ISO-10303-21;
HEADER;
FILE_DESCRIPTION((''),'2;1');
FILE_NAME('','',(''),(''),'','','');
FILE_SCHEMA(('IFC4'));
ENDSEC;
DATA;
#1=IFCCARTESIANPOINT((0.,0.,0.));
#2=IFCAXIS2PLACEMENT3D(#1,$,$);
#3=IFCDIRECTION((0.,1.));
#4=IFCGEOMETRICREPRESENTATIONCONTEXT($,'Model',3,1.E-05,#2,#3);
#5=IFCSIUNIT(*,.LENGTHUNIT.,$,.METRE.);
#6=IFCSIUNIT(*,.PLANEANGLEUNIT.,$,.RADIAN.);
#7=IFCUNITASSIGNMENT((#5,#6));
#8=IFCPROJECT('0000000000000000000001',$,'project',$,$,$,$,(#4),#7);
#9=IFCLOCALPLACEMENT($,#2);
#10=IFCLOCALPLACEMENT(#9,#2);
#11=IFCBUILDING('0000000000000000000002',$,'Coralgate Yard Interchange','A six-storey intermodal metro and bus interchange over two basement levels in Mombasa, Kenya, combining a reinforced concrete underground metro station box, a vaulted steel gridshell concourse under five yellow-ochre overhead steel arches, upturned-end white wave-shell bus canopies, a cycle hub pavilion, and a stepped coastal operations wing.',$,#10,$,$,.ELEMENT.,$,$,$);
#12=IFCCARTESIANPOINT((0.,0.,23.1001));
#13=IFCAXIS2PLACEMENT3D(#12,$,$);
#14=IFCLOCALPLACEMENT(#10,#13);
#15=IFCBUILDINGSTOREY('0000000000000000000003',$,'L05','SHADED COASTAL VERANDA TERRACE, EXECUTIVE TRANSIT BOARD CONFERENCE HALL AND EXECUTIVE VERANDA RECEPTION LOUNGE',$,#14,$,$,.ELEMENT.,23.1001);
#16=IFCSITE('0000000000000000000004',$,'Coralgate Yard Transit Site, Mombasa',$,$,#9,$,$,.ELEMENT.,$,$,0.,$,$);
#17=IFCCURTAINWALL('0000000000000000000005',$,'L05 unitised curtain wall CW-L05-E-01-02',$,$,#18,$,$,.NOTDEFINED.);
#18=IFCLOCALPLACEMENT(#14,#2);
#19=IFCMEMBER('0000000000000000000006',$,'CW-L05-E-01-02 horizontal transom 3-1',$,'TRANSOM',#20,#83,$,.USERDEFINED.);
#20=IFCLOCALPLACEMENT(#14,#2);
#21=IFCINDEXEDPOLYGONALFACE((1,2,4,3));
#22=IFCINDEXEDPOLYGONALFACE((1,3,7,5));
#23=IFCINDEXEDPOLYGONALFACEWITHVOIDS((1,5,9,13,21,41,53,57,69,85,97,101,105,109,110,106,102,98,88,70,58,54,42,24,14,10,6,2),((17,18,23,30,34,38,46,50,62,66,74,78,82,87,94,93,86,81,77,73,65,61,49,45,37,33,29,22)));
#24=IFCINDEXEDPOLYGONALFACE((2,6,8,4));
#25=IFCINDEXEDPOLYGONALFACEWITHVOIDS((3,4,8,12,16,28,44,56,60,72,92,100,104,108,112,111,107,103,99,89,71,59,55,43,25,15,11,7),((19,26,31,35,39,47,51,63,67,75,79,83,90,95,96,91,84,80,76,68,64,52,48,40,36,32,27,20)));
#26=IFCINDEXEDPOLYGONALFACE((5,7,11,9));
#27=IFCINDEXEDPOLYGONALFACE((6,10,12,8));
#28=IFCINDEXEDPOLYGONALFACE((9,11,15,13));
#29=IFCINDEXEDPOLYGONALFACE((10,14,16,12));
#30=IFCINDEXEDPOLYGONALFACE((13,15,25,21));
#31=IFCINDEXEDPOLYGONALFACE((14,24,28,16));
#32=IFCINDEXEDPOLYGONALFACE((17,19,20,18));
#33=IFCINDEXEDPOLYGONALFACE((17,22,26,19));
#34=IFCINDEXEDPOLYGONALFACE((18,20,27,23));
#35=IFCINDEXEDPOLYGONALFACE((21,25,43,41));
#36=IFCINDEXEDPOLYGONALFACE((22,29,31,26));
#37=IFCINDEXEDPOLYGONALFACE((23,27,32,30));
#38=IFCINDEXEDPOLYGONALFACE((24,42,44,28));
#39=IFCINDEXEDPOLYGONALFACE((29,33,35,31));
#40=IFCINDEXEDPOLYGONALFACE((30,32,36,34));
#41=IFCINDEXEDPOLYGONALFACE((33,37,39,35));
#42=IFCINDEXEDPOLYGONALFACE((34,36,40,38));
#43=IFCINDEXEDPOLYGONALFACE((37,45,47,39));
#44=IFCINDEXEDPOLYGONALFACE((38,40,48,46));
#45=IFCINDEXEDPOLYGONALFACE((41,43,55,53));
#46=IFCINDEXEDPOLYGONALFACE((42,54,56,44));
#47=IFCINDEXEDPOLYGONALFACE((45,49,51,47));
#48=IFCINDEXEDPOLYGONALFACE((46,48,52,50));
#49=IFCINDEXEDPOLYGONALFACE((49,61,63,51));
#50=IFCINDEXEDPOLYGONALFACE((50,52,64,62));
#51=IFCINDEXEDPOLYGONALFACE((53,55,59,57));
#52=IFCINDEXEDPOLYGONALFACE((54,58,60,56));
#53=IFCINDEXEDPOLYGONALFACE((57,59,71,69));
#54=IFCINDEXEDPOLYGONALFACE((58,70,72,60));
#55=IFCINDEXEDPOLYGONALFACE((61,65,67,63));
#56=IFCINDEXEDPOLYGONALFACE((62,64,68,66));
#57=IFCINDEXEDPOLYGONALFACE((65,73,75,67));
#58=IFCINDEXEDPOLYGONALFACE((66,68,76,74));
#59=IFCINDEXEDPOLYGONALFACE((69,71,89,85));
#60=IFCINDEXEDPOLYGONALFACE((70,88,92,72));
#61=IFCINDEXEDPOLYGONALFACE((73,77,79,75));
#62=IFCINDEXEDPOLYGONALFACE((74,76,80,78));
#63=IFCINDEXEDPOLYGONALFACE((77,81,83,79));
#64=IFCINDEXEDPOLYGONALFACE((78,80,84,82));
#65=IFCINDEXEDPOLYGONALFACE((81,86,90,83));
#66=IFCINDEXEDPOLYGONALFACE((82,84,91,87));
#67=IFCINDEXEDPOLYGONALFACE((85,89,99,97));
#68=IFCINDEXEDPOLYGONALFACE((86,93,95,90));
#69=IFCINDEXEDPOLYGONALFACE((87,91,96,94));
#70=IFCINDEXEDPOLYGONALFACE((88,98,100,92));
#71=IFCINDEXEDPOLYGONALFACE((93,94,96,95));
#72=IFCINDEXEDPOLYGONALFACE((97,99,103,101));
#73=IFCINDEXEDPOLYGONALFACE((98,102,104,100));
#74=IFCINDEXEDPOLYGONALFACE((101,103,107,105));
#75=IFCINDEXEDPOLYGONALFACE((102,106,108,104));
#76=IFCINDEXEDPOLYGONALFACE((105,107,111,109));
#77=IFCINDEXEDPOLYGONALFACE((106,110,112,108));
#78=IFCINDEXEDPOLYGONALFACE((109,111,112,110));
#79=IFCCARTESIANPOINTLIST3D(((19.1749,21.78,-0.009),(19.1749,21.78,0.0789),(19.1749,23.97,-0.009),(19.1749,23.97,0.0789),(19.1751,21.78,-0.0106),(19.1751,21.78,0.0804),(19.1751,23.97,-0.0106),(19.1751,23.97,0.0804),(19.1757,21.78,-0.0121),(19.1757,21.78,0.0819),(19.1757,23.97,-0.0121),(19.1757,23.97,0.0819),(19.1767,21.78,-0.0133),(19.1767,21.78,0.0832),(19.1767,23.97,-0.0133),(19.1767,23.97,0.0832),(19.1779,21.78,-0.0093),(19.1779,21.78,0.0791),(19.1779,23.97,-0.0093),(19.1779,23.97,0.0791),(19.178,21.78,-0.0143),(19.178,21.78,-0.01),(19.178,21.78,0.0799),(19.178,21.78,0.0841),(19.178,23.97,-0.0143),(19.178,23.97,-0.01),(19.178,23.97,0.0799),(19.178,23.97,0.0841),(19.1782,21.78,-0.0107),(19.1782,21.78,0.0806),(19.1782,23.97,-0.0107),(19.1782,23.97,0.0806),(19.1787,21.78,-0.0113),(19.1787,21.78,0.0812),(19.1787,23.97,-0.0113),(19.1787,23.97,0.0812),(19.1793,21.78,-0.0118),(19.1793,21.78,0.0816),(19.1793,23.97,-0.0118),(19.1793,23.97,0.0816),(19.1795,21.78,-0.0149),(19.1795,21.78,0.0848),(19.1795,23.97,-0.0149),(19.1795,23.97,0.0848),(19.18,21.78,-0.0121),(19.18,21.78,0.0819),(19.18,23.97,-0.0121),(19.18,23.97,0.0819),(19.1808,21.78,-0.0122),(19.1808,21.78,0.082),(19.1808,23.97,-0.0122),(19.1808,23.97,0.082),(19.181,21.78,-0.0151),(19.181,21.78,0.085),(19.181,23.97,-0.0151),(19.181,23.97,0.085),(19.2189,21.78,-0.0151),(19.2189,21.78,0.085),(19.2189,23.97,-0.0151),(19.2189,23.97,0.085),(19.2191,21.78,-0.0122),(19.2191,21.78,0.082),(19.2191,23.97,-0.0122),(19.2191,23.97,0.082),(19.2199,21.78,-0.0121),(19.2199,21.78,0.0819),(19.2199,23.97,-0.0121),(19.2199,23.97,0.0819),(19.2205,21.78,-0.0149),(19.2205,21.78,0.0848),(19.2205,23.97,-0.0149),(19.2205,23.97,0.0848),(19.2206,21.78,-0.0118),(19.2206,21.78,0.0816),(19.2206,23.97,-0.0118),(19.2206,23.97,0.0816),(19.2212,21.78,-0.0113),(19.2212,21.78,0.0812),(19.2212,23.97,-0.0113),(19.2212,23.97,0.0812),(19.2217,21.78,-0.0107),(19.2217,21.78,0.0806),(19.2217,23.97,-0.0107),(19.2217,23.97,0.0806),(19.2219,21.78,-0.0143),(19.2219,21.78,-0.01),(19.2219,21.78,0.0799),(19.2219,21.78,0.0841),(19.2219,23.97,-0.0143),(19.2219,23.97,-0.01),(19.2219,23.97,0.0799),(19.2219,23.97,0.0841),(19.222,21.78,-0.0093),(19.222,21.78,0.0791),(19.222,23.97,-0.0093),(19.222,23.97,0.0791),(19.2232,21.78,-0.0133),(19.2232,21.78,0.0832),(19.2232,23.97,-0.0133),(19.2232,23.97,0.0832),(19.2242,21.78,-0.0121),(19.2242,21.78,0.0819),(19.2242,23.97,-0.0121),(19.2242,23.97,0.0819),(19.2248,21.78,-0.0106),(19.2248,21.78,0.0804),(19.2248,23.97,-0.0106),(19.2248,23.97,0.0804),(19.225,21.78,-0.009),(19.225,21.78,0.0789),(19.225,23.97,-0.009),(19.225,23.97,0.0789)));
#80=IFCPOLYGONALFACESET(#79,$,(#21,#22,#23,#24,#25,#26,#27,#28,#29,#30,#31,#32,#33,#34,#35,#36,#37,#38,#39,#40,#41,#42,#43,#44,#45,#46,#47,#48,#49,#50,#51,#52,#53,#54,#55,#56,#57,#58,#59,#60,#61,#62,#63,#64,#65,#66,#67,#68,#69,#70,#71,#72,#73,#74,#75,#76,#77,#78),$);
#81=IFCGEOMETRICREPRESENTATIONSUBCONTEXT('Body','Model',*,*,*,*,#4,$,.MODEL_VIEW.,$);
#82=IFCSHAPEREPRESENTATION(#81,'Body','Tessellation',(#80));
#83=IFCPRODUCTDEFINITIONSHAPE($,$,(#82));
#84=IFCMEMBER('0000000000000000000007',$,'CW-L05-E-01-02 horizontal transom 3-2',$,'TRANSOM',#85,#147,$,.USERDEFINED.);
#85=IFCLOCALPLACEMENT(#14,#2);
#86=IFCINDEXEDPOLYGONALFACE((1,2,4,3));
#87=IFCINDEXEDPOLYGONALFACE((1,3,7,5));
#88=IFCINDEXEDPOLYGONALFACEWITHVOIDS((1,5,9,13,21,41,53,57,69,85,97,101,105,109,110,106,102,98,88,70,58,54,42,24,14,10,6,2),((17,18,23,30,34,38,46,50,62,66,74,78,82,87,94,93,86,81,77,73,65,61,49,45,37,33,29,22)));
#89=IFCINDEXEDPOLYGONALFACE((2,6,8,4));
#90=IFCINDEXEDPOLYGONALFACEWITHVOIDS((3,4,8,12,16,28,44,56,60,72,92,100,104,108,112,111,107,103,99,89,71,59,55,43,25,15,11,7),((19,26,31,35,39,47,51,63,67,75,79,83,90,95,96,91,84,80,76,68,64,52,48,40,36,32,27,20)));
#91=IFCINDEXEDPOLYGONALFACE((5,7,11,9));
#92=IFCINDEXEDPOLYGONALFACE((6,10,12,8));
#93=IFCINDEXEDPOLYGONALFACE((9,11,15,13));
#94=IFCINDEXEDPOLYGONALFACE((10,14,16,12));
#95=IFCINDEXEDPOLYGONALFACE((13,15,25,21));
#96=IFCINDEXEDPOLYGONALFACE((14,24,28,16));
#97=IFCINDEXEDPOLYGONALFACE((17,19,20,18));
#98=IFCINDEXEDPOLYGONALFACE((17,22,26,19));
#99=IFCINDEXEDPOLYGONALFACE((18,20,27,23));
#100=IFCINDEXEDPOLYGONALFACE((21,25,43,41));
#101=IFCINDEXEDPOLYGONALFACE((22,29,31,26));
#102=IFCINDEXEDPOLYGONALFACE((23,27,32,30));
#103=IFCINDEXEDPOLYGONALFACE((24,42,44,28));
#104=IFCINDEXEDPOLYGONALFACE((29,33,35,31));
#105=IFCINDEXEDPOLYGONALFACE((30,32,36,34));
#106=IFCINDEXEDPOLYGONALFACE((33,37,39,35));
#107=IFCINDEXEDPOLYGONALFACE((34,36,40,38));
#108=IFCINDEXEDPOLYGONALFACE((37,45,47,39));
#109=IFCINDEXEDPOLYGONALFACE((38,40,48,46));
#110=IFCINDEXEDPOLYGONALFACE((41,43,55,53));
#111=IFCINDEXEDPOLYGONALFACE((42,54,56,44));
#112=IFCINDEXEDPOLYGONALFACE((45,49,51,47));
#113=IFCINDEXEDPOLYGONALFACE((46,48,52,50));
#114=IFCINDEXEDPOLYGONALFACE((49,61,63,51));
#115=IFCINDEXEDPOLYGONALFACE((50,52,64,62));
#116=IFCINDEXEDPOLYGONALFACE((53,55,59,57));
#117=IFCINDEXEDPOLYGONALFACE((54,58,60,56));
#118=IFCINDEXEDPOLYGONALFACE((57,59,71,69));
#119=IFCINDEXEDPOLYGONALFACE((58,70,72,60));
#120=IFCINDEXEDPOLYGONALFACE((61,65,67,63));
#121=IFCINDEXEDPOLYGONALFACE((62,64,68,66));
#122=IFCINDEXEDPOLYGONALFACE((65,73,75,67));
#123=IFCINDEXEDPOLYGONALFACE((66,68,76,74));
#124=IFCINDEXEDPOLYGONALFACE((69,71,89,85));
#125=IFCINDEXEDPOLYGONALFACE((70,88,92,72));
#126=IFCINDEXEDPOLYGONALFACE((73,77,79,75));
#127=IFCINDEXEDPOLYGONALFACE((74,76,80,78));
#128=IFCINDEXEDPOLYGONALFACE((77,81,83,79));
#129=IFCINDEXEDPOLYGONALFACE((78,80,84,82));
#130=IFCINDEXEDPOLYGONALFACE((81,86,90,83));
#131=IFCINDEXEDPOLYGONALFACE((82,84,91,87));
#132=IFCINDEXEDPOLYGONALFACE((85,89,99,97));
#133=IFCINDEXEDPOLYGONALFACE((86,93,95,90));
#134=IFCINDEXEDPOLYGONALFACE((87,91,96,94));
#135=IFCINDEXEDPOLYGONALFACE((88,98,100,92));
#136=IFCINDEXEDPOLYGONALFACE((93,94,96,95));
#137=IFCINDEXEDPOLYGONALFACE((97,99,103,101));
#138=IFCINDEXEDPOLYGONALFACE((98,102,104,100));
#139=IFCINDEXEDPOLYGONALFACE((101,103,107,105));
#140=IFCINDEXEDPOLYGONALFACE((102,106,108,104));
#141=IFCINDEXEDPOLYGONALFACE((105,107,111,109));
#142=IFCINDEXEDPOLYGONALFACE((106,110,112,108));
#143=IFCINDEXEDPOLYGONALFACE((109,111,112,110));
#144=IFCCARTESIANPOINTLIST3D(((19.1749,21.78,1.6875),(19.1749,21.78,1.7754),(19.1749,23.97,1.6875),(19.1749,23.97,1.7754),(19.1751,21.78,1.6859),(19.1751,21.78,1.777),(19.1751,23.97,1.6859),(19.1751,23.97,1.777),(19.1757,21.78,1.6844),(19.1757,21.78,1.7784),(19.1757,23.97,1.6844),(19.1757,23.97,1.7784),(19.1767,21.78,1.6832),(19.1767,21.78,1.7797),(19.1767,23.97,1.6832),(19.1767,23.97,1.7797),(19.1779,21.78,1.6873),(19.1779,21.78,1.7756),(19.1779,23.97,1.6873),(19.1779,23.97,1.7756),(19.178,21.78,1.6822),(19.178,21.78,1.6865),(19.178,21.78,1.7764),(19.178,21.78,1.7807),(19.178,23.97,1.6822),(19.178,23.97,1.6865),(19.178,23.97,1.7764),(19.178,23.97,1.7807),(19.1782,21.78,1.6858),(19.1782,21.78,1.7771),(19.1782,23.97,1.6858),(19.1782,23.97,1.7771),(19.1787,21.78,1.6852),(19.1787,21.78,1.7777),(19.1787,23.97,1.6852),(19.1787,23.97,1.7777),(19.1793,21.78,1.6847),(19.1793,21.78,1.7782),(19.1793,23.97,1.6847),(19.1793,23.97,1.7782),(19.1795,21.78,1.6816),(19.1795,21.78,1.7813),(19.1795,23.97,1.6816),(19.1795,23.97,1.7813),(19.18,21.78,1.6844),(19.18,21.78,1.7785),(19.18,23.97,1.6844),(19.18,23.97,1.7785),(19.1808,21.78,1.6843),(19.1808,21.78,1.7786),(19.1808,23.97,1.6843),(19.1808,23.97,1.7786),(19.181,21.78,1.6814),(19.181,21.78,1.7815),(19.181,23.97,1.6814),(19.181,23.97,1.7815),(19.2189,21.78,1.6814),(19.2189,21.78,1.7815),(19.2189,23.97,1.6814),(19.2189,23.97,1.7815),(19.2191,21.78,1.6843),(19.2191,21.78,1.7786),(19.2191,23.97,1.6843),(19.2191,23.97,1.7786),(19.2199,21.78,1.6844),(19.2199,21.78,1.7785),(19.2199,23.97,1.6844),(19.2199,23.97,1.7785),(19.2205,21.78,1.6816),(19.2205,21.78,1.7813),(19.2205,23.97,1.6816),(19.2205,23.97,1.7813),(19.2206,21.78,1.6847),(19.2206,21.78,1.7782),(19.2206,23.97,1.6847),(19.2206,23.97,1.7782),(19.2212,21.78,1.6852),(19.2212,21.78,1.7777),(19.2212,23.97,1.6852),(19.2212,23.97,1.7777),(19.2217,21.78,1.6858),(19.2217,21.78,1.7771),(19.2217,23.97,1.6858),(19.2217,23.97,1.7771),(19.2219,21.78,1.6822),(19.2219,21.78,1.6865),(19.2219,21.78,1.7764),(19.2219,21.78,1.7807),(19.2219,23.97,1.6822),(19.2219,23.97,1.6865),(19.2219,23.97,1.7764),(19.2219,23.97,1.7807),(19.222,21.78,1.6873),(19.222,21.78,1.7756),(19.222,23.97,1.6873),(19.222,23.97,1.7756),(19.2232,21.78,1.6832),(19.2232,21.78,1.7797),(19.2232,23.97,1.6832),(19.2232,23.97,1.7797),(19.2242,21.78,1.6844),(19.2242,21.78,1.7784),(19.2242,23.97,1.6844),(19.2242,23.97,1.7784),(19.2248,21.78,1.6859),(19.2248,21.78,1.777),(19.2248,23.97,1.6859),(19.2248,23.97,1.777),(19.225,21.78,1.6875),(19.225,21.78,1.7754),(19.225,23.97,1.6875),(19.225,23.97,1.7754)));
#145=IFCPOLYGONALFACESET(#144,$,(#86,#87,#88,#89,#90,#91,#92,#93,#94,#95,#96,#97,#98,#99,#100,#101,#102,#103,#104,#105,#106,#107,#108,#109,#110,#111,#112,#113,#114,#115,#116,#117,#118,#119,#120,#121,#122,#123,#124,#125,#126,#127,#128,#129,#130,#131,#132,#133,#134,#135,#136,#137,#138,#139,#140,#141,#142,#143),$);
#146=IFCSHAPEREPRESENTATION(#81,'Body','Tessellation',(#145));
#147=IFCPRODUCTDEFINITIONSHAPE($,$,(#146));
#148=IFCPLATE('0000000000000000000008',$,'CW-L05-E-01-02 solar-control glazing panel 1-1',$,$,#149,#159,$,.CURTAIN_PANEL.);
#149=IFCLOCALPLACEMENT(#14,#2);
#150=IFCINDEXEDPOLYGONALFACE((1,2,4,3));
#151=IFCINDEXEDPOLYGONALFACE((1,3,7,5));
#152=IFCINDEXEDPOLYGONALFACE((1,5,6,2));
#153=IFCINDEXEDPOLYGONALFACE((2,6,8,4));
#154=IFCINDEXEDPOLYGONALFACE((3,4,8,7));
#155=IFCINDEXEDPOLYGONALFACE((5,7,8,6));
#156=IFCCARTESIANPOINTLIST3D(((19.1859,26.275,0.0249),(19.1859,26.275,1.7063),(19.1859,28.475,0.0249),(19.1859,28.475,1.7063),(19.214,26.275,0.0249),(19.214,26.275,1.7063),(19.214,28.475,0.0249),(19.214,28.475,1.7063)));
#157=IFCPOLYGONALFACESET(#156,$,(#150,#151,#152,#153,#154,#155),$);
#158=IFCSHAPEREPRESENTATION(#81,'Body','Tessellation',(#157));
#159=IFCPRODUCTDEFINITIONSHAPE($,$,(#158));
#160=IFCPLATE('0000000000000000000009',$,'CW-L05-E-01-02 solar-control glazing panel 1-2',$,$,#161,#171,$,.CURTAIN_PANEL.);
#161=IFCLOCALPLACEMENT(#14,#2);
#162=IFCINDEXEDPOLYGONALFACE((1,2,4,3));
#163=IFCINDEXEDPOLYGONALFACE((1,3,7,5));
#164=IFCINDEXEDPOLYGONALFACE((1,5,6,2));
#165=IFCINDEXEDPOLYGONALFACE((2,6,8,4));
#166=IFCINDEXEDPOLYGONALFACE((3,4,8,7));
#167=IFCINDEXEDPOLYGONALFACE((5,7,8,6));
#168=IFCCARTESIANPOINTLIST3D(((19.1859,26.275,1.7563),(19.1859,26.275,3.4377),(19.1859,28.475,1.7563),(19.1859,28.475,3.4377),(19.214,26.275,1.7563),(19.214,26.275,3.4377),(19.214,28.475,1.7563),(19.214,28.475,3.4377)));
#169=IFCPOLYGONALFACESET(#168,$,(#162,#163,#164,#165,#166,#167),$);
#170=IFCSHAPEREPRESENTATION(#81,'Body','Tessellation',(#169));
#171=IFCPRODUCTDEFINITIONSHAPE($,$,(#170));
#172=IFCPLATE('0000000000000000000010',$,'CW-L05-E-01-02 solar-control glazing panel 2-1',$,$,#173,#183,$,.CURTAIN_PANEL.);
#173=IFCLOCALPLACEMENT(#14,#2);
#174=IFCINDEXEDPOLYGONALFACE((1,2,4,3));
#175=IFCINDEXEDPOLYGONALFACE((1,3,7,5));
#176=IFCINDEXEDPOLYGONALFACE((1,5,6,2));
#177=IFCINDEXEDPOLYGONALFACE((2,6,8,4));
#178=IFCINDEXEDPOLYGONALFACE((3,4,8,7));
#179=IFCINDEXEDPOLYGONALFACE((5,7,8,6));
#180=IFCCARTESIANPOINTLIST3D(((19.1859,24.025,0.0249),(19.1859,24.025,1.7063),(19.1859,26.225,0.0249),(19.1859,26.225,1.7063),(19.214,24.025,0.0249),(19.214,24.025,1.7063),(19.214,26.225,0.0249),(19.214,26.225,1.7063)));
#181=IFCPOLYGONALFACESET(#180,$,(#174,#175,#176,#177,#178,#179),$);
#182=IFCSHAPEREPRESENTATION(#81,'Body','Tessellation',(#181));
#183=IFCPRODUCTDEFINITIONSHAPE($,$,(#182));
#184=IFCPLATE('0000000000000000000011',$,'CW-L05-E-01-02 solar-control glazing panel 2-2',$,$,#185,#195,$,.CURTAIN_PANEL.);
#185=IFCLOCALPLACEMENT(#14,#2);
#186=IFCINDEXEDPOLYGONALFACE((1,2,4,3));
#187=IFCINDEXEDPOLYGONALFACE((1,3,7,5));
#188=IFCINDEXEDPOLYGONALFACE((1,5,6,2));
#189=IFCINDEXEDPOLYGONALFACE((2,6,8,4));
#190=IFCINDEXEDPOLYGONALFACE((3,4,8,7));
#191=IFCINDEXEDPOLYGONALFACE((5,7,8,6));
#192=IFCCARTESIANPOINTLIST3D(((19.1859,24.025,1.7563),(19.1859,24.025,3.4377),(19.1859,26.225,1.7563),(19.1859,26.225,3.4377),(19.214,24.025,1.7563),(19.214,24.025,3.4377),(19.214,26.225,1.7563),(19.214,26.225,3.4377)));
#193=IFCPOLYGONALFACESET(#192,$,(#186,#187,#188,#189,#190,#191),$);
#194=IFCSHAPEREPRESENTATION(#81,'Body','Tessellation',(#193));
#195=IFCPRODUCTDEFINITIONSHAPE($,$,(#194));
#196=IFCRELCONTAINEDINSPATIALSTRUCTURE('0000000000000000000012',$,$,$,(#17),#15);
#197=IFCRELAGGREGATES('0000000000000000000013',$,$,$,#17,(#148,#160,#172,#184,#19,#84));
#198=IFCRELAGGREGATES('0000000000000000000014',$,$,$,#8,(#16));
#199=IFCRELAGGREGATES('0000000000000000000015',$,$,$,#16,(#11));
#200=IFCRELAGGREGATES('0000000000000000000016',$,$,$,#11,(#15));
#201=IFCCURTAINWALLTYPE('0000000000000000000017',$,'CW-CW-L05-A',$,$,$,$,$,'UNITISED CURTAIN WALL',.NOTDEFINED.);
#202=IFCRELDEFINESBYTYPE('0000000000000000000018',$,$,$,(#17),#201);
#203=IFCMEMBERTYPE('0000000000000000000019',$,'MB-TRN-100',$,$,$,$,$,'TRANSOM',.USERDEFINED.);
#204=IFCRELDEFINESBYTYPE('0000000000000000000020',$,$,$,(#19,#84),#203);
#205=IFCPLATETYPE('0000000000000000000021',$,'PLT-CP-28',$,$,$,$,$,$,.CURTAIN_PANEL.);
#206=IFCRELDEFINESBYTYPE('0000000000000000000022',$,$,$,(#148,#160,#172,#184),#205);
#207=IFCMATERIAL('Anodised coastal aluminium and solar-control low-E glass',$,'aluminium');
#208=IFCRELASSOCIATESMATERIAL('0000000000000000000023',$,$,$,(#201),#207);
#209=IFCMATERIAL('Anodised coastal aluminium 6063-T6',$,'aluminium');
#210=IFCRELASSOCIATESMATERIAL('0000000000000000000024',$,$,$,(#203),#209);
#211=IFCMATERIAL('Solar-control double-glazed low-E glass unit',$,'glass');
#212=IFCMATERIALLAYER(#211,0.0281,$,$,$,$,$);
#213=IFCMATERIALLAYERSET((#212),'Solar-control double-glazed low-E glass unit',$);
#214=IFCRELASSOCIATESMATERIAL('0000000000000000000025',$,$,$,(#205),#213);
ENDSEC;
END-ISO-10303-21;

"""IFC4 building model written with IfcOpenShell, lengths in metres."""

from ifc_helpers import new_model, si_unit, direction, frame, origin, origin_2d, place, context, subcontext, project, spatial, rectangle, hollow_rectangle, extrude, material, layer, layer_set, material_profile, profile_set, type_object, element, aggregate, save


model = new_model("IFC4")

# Units and contexts
model_context = context("Model", 3, precision=1e-05, world=origin(), true_north=direction((0.0, 1.0)))
body_context = subcontext(model_context, "Body", "Model", "MODEL_VIEW")
ifc_project = project(units=[si_unit("LENGTHUNIT", "METRE"), si_unit("PLANEANGLEUNIT", "RADIAN")], contexts=[model_context])

# Site, building, storey
site_placement = place(None, origin())
site = spatial("IfcSite", under=ifc_project, at=site_placement, Name="Coralgate Yard Transit Site, Mombasa", CompositionType="ELEMENT", RefElevation=0.0)
building_placement = place(site_placement, origin())
building = spatial("IfcBuilding", under=site, at=building_placement, Name="Coralgate Yard Interchange", Description="A six-storey intermodal metro and bus interchange over two basement levels in Mombasa, Kenya, combining a reinforced concrete underground metro station box, a vaulted steel gridshell concourse under five yellow-ochre overhead steel arches, upturned-end white wave-shell bus canopies, a cycle hub pavilion, and a stepped coastal operations wing.", CompositionType="ELEMENT")
storey_placement = place(building_placement, frame((0.0, 0.0, 23.1001)))
storey = spatial("IfcBuildingStorey", under=building, at=storey_placement, Name="L05", Description="SHADED COASTAL VERANDA TERRACE, EXECUTIVE TRANSIT BOARD CONFERENCE HALL AND EXECUTIVE VERANDA RECEPTION LOUNGE", CompositionType="ELEMENT", Elevation=23.1001)

# Curtain wall, members, plates
ifc_material_1 = material(Name="Anodised coastal aluminium and solar-control low-E glass", Category="aluminium")
curtain_wall_type = type_object("IfcCurtainWallType", Name="CW-CW-L05-A", ElementType="UNITISED CURTAIN WALL", PredefinedType="NOTDEFINED", material=ifc_material_1)
curtain_wall_placement = place(storey_placement, origin())
curtain_wall = element("IfcCurtainWall", 1, at=curtain_wall_placement, inside=storey, type_object=curtain_wall_type, Name="L05 unitised curtain wall CW-L05-E-01-02", PredefinedType="NOTDEFINED")
ifc_material_2 = material(Name="Anodised coastal aluminium 6063-T6", Category="aluminium")
ifc_material_profile_1 = material_profile(ifc_material_2, hollow_rectangle(XDim=0.05, YDim=0.1001, WallThickness=0.0029, InnerFilletRadius=0.0029, OuterFilletRadius=0.0061, at=origin_2d()), Name="ALU 50x100x3")
ifc_profile_set_1 = profile_set([ifc_material_profile_1], Name="Anodised coastal aluminium 6063-T6")
member_type_1 = type_object("IfcMemberType", Name="MB-TRN-100", ElementType="TRANSOM", PredefinedType="USERDEFINED", material=ifc_profile_set_1)
member_1_placement = place(storey_placement, frame((19.2, 23.97, 0.0349), z_axis=(0.0, -1.0, 0.0), x_axis=(1.0, 0.0, 0.0)))
member_1 = element("IfcMember", 2, at=member_1_placement, type_object=member_type_1, Name="CW-L05-E-01-02 horizontal transom 3-1", ObjectType="TRANSOM", PredefinedType="USERDEFINED", context=body_context, shape_type="SweptSolid", body=[
    extrude(hollow_rectangle(XDim=0.05, YDim=0.1001, WallThickness=0.0029, InnerFilletRadius=0.0029, OuterFilletRadius=0.0061, at=origin_2d()), origin(), (0.0, 0.0, 1.0), 2.1899),
])
member_2_placement = place(storey_placement, frame((19.2, 23.97, 1.7314), z_axis=(0.0, -1.0, 0.0), x_axis=(1.0, 0.0, 0.0)))
member_2 = element("IfcMember", 3, at=member_2_placement, type_object=member_type_1, Name="CW-L05-E-01-02 horizontal transom 3-2", ObjectType="TRANSOM", PredefinedType="USERDEFINED", context=body_context, shape_type="SweptSolid", body=[
    extrude(hollow_rectangle(XDim=0.05, YDim=0.1001, WallThickness=0.0029, InnerFilletRadius=0.0029, OuterFilletRadius=0.0061, at=origin_2d()), origin(), (0.0, 0.0, 1.0), 2.1899),
])
ifc_material_3 = material(Name="Solar-control double-glazed low-E glass unit", Category="glass")
ifc_layer_1 = layer(ifc_material_3, 0.0281)
ifc_layer_set_1 = layer_set([ifc_layer_1], Name="Solar-control double-glazed low-E glass unit")
plate_type = type_object("IfcPlateType", Name="PLT-CP-28", PredefinedType="CURTAIN_PANEL", material=ifc_layer_set_1)
plate_1_placement = place(storey_placement, frame((19.2, 27.375, 0.0249), z_axis=(0.0, 0.0, 1.0), x_axis=(0.0, -1.0, 0.0)))
plate_1 = element("IfcPlate", 4, at=plate_1_placement, type_object=plate_type, Name="CW-L05-E-01-02 solar-control glazing panel 1-1", PredefinedType="CURTAIN_PANEL", context=body_context, shape_type="SweptSolid", body=[
    extrude(rectangle(XDim=2.2, YDim=0.0281, at=origin_2d()), origin(), (0.0, 0.0, 1.0), 1.6814),
])
plate_2_placement = place(storey_placement, frame((19.2, 27.375, 1.7563), z_axis=(0.0, 0.0, 1.0), x_axis=(0.0, -1.0, 0.0)))
plate_2 = element("IfcPlate", 5, at=plate_2_placement, type_object=plate_type, Name="CW-L05-E-01-02 solar-control glazing panel 1-2", PredefinedType="CURTAIN_PANEL", context=body_context, shape_type="SweptSolid", body=[
    extrude(rectangle(XDim=2.2, YDim=0.0281, at=origin_2d()), origin(), (0.0, 0.0, 1.0), 1.6814),
])
plate_3_placement = place(storey_placement, frame((19.2, 25.125, 0.0249), z_axis=(0.0, 0.0, 1.0), x_axis=(0.0, -1.0, 0.0)))
plate_3 = element("IfcPlate", 6, at=plate_3_placement, type_object=plate_type, Name="CW-L05-E-01-02 solar-control glazing panel 2-1", PredefinedType="CURTAIN_PANEL", context=body_context, shape_type="SweptSolid", body=[
    extrude(rectangle(XDim=2.2, YDim=0.0281, at=origin_2d()), origin(), (0.0, 0.0, 1.0), 1.6814),
])
plate_4_placement = place(storey_placement, frame((19.2, 25.125, 1.7563), z_axis=(0.0, 0.0, 1.0), x_axis=(0.0, -1.0, 0.0)))
plate_4 = element("IfcPlate", 7, at=plate_4_placement, type_object=plate_type, Name="CW-L05-E-01-02 solar-control glazing panel 2-2", PredefinedType="CURTAIN_PANEL", context=body_context, shape_type="SweptSolid", body=[
    extrude(rectangle(XDim=2.2, YDim=0.0281, at=origin_2d()), origin(), (0.0, 0.0, 1.0), 1.6814),
])
aggregate(curtain_wall, [plate_1, plate_2, plate_3, plate_4, member_1, member_2])

save(model, "model.ifc")
